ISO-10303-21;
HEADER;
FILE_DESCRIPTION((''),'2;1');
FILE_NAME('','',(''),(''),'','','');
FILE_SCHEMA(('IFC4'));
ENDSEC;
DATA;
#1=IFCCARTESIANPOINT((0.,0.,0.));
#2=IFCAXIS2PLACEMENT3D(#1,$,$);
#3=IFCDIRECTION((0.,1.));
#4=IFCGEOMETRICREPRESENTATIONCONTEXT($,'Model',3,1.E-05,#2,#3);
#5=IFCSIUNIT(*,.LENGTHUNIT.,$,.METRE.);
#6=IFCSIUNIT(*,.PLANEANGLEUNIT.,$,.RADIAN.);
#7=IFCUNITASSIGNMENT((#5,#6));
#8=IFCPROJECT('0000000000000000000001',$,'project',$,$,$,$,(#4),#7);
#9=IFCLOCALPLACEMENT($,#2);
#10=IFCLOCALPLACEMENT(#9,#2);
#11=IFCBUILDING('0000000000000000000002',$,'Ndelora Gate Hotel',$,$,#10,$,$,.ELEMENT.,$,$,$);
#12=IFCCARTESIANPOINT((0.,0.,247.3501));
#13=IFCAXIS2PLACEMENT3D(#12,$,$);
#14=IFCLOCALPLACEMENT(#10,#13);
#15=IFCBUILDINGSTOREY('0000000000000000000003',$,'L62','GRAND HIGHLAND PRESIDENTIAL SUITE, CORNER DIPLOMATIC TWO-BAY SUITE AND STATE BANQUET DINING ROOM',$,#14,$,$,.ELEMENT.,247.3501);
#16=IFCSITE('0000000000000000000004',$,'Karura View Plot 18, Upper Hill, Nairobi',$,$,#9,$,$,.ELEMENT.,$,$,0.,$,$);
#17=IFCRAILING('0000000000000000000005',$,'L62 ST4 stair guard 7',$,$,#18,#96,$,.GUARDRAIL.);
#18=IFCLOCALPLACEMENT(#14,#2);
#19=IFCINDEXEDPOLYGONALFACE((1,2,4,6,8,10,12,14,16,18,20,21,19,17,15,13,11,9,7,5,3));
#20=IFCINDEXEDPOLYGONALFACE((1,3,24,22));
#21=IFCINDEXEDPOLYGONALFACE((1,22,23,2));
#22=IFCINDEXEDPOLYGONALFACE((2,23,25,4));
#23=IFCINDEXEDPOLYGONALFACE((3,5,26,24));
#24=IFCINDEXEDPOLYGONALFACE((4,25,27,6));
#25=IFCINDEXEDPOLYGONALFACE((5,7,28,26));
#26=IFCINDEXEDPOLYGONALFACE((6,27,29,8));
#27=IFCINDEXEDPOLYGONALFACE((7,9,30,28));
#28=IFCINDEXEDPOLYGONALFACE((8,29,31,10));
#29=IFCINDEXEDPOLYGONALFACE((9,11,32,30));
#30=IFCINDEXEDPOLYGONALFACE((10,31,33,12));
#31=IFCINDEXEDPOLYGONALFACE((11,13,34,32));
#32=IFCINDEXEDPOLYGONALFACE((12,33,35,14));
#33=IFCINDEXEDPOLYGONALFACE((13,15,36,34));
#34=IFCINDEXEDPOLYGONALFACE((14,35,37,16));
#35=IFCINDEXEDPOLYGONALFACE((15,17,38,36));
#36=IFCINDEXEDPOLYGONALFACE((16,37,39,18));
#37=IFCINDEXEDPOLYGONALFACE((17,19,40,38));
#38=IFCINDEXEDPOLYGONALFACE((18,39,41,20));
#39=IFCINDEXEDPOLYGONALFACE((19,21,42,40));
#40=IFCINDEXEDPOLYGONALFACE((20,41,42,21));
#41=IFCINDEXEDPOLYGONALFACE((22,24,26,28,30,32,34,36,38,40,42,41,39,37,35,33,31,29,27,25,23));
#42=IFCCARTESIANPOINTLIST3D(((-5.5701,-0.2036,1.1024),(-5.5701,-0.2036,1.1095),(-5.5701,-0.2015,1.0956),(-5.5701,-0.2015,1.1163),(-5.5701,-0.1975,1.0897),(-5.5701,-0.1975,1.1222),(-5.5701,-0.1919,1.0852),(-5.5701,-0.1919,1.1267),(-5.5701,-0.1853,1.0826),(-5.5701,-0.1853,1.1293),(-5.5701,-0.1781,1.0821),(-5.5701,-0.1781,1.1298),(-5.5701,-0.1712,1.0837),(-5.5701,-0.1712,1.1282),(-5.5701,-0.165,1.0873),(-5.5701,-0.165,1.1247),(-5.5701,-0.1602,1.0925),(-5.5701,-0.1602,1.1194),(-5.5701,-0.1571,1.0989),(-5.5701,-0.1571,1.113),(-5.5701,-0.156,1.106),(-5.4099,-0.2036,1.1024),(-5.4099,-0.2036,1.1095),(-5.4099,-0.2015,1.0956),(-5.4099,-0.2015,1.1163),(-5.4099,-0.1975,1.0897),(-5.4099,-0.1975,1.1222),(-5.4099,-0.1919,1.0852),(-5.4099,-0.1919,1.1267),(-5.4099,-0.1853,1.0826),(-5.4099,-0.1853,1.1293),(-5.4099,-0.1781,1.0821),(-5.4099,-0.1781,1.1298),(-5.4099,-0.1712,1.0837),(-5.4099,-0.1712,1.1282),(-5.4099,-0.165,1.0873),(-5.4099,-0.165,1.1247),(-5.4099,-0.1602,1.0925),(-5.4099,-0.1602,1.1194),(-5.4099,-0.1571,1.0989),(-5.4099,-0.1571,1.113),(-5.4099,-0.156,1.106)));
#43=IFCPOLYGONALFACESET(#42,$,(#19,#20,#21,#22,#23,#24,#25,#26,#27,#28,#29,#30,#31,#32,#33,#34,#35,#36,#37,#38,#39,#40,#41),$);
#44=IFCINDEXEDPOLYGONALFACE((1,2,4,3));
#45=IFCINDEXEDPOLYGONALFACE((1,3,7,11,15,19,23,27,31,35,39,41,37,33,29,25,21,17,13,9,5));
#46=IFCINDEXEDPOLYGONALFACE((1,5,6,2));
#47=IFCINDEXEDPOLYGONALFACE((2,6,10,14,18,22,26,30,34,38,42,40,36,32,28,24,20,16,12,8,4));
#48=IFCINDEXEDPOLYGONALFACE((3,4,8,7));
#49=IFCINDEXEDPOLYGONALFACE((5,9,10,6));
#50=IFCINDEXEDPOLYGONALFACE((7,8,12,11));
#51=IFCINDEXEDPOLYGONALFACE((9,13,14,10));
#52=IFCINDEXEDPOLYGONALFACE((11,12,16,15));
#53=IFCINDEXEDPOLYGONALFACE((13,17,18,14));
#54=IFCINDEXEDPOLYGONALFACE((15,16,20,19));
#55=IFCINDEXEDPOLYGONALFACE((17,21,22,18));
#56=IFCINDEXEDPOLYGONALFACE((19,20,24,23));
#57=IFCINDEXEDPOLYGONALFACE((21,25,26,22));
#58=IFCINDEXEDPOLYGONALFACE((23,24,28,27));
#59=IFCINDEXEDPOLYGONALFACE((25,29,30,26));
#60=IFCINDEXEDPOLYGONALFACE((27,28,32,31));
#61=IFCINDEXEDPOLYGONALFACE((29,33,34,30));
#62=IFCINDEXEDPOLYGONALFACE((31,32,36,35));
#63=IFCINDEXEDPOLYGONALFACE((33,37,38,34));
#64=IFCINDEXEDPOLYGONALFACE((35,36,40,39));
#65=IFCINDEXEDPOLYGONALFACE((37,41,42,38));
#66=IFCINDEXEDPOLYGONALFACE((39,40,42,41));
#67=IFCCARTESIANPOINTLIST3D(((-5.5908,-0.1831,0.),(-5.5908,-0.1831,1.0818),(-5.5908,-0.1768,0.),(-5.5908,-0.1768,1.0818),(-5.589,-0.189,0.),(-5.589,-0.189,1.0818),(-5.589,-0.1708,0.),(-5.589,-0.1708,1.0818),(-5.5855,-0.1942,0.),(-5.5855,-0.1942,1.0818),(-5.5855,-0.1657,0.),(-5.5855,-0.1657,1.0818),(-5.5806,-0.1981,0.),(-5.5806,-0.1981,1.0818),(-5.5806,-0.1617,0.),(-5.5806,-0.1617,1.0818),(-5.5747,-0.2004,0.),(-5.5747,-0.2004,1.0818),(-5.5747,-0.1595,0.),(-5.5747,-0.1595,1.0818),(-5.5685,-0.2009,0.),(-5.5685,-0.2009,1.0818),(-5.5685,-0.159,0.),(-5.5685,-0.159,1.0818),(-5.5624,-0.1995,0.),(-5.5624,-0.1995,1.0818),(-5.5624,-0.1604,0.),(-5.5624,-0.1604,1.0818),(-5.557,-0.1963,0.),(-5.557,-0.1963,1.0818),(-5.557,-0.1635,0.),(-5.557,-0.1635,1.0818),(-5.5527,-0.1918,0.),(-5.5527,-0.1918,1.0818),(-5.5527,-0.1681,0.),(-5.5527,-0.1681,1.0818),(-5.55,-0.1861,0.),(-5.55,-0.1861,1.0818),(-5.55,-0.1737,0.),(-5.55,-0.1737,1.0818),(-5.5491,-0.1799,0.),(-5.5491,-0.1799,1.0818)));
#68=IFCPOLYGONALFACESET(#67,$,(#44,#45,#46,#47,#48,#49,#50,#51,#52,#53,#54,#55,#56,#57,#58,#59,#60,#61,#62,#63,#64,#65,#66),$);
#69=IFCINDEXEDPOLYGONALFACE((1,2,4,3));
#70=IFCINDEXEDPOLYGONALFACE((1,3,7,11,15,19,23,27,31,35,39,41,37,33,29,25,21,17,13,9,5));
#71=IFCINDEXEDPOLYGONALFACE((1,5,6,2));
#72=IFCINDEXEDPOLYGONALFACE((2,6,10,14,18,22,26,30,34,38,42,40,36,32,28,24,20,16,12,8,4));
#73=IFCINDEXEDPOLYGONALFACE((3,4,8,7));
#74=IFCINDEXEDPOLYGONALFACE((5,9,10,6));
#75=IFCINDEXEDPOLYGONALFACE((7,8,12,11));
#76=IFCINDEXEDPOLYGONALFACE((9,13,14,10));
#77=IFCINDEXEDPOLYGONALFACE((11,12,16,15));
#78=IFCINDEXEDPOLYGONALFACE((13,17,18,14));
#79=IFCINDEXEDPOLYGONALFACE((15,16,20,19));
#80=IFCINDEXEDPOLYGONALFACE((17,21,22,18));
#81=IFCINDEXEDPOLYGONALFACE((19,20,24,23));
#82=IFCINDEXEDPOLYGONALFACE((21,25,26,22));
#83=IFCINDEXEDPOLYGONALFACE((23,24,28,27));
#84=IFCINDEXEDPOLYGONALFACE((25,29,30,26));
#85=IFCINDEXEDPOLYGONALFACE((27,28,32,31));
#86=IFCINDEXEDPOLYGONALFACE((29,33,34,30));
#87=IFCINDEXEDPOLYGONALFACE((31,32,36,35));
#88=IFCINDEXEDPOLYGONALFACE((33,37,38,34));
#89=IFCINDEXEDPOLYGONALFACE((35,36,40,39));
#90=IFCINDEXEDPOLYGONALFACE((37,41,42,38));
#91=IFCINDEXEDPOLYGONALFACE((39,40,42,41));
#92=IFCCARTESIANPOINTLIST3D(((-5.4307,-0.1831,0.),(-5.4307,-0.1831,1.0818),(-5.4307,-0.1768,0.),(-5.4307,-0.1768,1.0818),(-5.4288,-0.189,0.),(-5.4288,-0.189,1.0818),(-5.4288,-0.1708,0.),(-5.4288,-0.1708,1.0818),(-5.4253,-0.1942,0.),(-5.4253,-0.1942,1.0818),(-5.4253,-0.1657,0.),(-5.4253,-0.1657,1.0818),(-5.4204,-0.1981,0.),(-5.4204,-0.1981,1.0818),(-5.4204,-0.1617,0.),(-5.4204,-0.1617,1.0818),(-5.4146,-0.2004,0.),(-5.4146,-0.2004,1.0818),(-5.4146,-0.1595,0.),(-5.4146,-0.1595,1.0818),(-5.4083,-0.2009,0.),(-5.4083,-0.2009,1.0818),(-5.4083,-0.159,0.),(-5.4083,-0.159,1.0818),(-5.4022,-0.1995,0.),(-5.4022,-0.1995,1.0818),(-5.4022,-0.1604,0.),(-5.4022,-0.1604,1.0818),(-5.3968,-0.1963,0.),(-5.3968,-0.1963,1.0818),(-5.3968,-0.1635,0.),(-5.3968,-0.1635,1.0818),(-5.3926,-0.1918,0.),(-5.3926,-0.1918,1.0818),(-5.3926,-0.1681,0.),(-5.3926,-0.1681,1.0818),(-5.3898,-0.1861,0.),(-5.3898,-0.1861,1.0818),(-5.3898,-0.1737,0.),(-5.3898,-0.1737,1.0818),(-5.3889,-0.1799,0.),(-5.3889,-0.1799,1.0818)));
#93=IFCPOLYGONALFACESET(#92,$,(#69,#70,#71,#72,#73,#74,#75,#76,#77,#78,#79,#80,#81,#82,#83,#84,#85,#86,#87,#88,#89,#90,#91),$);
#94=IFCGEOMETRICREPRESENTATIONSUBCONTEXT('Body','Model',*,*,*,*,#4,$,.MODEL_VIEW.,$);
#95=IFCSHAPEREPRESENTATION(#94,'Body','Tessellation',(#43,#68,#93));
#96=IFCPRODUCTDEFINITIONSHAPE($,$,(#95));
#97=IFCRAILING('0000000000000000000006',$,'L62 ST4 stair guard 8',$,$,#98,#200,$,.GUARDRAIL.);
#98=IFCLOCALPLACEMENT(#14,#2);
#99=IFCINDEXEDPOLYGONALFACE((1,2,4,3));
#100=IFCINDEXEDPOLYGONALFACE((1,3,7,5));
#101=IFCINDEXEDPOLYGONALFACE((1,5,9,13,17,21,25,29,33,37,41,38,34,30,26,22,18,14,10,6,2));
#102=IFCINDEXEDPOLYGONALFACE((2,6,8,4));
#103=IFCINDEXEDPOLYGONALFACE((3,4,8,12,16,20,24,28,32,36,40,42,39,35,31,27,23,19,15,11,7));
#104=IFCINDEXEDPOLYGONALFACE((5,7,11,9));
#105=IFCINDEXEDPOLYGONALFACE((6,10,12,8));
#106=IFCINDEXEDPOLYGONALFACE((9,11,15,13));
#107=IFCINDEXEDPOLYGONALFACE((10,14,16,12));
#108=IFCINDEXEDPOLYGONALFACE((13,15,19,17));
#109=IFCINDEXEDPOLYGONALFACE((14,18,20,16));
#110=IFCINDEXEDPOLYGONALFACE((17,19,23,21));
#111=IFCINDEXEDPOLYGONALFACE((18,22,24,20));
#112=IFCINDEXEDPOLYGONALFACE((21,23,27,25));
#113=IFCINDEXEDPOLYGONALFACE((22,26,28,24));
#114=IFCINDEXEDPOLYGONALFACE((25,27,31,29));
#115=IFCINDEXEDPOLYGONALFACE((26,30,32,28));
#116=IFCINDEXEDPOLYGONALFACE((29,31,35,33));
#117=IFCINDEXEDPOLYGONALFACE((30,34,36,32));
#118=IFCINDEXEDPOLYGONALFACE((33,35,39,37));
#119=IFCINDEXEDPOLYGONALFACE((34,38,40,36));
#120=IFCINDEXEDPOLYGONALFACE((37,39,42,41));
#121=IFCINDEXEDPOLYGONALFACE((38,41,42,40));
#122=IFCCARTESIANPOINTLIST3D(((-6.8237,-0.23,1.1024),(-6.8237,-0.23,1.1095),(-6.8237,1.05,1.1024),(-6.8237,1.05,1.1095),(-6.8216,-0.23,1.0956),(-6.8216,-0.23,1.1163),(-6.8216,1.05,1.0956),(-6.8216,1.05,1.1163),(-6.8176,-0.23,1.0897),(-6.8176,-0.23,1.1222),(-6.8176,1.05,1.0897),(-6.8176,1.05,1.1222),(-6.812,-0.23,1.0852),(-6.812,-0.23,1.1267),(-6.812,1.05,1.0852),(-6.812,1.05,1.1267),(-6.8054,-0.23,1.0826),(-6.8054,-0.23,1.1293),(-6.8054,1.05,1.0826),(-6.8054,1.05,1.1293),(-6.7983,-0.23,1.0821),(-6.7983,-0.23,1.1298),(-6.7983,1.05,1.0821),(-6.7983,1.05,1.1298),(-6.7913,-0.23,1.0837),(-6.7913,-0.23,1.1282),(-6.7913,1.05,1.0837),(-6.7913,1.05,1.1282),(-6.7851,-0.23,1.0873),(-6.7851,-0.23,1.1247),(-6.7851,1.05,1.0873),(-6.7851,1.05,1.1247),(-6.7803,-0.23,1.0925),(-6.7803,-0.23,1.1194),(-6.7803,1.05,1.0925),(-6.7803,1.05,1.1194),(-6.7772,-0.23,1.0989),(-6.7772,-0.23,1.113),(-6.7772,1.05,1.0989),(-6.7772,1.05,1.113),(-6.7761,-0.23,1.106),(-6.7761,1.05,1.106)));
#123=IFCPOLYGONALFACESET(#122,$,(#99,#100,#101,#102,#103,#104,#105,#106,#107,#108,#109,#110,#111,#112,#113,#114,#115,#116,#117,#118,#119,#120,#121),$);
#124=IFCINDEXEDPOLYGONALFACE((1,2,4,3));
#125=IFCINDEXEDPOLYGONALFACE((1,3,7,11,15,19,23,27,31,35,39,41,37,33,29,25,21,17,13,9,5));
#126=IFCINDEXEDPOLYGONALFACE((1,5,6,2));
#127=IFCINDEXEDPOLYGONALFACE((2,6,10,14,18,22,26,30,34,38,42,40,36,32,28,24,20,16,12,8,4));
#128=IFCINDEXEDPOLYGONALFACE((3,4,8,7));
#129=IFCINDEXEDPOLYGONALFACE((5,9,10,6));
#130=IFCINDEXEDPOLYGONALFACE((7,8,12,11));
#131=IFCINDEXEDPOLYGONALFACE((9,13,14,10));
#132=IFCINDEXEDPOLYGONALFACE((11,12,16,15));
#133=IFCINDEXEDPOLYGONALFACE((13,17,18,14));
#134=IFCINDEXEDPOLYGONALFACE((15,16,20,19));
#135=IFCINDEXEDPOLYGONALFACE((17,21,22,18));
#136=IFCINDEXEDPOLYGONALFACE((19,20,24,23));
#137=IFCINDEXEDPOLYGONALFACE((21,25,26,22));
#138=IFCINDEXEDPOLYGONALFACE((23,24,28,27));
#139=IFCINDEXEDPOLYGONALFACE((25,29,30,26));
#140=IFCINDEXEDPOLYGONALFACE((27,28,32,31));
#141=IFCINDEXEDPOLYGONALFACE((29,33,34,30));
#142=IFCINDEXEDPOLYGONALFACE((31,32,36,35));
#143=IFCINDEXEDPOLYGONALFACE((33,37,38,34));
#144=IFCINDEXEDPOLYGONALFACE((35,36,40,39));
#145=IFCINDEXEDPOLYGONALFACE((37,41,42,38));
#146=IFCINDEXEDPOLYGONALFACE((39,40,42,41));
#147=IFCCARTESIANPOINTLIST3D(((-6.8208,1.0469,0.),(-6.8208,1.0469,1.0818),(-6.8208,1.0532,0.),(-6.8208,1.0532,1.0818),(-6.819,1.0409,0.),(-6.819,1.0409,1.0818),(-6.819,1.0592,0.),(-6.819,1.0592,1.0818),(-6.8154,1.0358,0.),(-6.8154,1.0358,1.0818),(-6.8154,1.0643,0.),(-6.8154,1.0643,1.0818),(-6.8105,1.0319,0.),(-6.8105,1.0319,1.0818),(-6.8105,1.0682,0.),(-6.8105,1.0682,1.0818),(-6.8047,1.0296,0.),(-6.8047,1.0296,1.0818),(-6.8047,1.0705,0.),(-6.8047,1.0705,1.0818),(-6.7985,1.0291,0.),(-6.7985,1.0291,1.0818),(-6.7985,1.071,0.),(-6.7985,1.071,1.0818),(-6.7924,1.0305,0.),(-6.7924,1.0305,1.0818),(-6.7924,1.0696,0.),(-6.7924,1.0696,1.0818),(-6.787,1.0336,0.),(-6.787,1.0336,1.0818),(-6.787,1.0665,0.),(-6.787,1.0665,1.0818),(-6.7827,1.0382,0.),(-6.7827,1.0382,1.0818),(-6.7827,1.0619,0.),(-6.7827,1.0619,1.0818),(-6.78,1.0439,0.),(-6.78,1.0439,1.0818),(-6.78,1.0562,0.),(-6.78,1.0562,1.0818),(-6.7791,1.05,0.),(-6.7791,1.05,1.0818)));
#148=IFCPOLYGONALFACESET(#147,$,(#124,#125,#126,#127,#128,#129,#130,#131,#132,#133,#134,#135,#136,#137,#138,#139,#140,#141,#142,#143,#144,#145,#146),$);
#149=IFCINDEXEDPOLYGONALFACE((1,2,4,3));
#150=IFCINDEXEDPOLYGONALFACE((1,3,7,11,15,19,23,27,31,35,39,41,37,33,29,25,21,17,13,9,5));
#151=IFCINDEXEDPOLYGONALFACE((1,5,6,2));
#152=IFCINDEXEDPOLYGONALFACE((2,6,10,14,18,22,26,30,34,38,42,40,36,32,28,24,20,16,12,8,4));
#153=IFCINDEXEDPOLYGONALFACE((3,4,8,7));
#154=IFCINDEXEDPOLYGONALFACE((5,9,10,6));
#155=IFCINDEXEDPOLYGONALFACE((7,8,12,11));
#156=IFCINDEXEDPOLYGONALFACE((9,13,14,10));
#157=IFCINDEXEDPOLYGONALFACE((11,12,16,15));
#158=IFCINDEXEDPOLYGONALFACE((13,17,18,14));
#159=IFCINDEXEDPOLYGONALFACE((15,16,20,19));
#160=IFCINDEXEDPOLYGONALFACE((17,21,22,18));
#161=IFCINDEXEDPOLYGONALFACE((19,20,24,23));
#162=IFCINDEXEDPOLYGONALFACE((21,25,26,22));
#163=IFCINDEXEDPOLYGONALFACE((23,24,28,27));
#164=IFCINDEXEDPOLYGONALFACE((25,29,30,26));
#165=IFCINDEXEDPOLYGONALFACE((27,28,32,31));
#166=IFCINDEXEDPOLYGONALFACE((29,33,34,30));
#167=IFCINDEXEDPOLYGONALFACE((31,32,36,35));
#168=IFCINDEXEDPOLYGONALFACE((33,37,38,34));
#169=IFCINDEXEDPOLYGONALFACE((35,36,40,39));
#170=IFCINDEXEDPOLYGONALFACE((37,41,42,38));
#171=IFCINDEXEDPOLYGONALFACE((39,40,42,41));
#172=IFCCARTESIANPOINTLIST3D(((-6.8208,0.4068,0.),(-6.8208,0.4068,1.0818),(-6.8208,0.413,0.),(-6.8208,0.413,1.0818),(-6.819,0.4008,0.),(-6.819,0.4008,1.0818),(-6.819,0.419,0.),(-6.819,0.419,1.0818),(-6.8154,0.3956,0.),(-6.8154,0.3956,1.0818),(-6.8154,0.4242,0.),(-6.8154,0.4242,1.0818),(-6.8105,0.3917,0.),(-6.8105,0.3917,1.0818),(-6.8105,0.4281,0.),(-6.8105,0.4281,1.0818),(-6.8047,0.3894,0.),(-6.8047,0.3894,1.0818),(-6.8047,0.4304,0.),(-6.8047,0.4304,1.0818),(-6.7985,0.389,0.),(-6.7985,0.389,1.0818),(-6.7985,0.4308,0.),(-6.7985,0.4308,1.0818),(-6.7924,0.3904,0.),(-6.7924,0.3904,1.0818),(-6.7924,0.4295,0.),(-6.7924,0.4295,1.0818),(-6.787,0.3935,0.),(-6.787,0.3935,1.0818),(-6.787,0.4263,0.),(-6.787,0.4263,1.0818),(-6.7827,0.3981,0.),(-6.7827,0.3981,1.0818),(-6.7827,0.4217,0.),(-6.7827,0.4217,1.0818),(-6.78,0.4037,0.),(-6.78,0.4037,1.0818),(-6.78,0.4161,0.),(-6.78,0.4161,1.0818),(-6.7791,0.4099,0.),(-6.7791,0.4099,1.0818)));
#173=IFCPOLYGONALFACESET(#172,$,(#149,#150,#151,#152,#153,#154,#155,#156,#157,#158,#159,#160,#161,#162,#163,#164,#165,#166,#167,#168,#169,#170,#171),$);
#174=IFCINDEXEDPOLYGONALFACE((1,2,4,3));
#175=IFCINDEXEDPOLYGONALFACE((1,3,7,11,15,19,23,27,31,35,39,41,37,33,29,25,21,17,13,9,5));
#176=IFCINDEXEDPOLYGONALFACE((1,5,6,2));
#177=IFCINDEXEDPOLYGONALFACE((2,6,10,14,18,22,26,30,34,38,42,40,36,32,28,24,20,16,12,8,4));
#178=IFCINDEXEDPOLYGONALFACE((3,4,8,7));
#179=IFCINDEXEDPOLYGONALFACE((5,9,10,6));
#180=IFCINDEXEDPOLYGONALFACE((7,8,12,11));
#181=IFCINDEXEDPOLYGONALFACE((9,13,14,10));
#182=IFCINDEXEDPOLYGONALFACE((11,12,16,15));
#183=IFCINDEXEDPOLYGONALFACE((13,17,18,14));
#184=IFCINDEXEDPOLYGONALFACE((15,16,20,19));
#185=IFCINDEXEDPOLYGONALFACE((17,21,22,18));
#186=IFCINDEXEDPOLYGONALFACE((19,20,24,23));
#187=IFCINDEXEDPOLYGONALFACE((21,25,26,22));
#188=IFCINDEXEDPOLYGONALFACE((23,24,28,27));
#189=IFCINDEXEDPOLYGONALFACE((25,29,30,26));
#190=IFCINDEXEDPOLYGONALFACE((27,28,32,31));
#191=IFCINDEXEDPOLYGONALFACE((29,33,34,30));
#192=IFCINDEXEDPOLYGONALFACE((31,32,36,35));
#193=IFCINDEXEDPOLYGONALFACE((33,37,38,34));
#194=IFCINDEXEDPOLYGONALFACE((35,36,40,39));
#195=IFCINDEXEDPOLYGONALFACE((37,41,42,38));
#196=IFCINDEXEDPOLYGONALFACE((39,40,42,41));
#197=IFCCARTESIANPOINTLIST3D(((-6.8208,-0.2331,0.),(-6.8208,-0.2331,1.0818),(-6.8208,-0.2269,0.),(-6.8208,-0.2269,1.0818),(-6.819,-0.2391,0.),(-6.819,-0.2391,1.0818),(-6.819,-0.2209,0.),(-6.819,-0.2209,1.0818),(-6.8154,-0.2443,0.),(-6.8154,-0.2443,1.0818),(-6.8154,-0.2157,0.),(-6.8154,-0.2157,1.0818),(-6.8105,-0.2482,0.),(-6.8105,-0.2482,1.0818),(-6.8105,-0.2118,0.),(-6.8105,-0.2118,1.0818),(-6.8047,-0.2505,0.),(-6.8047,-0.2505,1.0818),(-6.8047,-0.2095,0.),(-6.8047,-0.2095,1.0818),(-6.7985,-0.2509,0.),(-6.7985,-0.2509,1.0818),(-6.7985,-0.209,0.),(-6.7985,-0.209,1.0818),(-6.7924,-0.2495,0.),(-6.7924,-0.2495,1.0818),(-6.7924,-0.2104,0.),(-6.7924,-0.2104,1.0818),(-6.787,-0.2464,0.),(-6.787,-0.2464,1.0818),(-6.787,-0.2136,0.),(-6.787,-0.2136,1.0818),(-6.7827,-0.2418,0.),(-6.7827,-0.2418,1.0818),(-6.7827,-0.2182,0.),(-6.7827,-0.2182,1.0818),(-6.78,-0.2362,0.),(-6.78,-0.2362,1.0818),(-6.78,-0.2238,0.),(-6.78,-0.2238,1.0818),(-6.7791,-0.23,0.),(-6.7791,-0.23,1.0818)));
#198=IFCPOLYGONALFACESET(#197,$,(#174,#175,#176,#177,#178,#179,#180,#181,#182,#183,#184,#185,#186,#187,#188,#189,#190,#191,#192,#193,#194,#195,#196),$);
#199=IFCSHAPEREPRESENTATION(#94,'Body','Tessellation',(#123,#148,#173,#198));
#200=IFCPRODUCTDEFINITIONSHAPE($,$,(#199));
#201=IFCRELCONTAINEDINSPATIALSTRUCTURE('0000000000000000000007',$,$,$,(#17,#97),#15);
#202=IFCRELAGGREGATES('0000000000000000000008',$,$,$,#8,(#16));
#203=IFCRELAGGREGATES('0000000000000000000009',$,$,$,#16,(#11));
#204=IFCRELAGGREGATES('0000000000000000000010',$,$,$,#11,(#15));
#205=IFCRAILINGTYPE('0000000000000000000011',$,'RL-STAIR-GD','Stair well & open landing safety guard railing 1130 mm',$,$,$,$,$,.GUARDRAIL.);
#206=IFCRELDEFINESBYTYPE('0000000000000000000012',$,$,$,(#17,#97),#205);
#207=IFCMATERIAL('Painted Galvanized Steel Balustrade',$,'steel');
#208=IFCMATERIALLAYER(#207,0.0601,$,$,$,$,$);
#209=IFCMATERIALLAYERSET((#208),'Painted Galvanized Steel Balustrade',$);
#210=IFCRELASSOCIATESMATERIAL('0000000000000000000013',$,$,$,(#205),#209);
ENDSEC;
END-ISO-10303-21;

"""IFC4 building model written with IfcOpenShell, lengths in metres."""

from ifc_helpers import new_model, si_unit, direction, frame, origin, origin_2d, place, context, subcontext, project, spatial, circle, extrude, material, layer, layer_set, type_object, element, save


model = new_model("IFC4")

# Units and contexts
model_context = context("Model", 3, precision=1e-05, world=origin(), true_north=direction((0.0, 1.0)))
body_context = subcontext(model_context, "Body", "Model", "MODEL_VIEW")
ifc_project = project(units=[si_unit("LENGTHUNIT", "METRE"), si_unit("PLANEANGLEUNIT", "RADIAN")], contexts=[model_context])

# Site, building, storey
site_placement = place(None, origin())
site = spatial("IfcSite", under=ifc_project, at=site_placement, Name="Karura View Plot 18, Upper Hill, Nairobi", CompositionType="ELEMENT", RefElevation=0.0)
building_placement = place(site_placement, origin())
building = spatial("IfcBuilding", under=site, at=building_placement, Name="Ndelora Gate Hotel", CompositionType="ELEMENT")
storey_placement = place(building_placement, frame((0.0, 0.0, 247.3501)))
storey = spatial("IfcBuildingStorey", under=building, at=storey_placement, Name="L62", Description="GRAND HIGHLAND PRESIDENTIAL SUITE, CORNER DIPLOMATIC TWO-BAY SUITE AND STATE BANQUET DINING ROOM", CompositionType="ELEMENT", Elevation=247.3501)

# Railings
ifc_material_1 = material(Name="Painted Galvanized Steel Balustrade", Category="steel")
ifc_layer_1 = layer(ifc_material_1, 0.0601)
ifc_layer_set_1 = layer_set([ifc_layer_1], Name="Painted Galvanized Steel Balustrade")
railing_type = type_object("IfcRailingType", Name="RL-STAIR-GD", Description="Stair well & open landing safety guard railing 1130 mm", PredefinedType="GUARDRAIL", material=ifc_layer_set_1)
railing_1_placement = place(storey_placement, frame((-5.5701, -0.1799, 0.0)))
element("IfcRailing", 1, at=railing_1_placement, inside=storey, type_object=railing_type, Name="L62 ST4 stair guard 7", PredefinedType="GUARDRAIL", context=body_context, shape_type="SweptSolid", body=[
    extrude(circle(Radius=0.0239, at=origin_2d()), frame((0.0, 0.0, 1.106), z_axis=(1.0, 0.0, 0.0), x_axis=(0.0, 1.0, 0.0)), (0.0, 0.0, 1.0), 0.1602),
    extrude(circle(Radius=0.021, at=origin_2d()), origin(), (0.0, 0.0, 1.0), 1.0818),
    extrude(circle(Radius=0.021, at=origin_2d()), frame((0.1602, 0.0, 0.0)), (0.0, 0.0, 1.0), 1.0818),
])
for number, where, name in (
    (2, (-6.8, 1.05, 0.0), "L62 ST4 stair guard 8"),
):
    element("IfcRailing", number, at=place(storey_placement, frame(where)), inside=storey, type_object=railing_type, Name=name, PredefinedType="GUARDRAIL", context=body_context, shape_type="SweptSolid", body=[
        extrude(circle(Radius=0.0239, at=origin_2d()), frame((0.0, 0.0, 1.106), z_axis=(0.0, -1.0, 0.0), x_axis=(1.0, 0.0, 0.0)), (0.0, 0.0, 1.0), 1.28),
        extrude(circle(Radius=0.021, at=origin_2d()), origin(), (0.0, 0.0, 1.0), 1.0818),
        extrude(circle(Radius=0.021, at=origin_2d()), frame((0.0, -0.6401, 0.0)), (0.0, 0.0, 1.0), 1.0818),
        extrude(circle(Radius=0.021, at=origin_2d()), frame((0.0, -1.28, 0.0)), (0.0, 0.0, 1.0), 1.0818),
    ])

save(model, "model.ifc")
